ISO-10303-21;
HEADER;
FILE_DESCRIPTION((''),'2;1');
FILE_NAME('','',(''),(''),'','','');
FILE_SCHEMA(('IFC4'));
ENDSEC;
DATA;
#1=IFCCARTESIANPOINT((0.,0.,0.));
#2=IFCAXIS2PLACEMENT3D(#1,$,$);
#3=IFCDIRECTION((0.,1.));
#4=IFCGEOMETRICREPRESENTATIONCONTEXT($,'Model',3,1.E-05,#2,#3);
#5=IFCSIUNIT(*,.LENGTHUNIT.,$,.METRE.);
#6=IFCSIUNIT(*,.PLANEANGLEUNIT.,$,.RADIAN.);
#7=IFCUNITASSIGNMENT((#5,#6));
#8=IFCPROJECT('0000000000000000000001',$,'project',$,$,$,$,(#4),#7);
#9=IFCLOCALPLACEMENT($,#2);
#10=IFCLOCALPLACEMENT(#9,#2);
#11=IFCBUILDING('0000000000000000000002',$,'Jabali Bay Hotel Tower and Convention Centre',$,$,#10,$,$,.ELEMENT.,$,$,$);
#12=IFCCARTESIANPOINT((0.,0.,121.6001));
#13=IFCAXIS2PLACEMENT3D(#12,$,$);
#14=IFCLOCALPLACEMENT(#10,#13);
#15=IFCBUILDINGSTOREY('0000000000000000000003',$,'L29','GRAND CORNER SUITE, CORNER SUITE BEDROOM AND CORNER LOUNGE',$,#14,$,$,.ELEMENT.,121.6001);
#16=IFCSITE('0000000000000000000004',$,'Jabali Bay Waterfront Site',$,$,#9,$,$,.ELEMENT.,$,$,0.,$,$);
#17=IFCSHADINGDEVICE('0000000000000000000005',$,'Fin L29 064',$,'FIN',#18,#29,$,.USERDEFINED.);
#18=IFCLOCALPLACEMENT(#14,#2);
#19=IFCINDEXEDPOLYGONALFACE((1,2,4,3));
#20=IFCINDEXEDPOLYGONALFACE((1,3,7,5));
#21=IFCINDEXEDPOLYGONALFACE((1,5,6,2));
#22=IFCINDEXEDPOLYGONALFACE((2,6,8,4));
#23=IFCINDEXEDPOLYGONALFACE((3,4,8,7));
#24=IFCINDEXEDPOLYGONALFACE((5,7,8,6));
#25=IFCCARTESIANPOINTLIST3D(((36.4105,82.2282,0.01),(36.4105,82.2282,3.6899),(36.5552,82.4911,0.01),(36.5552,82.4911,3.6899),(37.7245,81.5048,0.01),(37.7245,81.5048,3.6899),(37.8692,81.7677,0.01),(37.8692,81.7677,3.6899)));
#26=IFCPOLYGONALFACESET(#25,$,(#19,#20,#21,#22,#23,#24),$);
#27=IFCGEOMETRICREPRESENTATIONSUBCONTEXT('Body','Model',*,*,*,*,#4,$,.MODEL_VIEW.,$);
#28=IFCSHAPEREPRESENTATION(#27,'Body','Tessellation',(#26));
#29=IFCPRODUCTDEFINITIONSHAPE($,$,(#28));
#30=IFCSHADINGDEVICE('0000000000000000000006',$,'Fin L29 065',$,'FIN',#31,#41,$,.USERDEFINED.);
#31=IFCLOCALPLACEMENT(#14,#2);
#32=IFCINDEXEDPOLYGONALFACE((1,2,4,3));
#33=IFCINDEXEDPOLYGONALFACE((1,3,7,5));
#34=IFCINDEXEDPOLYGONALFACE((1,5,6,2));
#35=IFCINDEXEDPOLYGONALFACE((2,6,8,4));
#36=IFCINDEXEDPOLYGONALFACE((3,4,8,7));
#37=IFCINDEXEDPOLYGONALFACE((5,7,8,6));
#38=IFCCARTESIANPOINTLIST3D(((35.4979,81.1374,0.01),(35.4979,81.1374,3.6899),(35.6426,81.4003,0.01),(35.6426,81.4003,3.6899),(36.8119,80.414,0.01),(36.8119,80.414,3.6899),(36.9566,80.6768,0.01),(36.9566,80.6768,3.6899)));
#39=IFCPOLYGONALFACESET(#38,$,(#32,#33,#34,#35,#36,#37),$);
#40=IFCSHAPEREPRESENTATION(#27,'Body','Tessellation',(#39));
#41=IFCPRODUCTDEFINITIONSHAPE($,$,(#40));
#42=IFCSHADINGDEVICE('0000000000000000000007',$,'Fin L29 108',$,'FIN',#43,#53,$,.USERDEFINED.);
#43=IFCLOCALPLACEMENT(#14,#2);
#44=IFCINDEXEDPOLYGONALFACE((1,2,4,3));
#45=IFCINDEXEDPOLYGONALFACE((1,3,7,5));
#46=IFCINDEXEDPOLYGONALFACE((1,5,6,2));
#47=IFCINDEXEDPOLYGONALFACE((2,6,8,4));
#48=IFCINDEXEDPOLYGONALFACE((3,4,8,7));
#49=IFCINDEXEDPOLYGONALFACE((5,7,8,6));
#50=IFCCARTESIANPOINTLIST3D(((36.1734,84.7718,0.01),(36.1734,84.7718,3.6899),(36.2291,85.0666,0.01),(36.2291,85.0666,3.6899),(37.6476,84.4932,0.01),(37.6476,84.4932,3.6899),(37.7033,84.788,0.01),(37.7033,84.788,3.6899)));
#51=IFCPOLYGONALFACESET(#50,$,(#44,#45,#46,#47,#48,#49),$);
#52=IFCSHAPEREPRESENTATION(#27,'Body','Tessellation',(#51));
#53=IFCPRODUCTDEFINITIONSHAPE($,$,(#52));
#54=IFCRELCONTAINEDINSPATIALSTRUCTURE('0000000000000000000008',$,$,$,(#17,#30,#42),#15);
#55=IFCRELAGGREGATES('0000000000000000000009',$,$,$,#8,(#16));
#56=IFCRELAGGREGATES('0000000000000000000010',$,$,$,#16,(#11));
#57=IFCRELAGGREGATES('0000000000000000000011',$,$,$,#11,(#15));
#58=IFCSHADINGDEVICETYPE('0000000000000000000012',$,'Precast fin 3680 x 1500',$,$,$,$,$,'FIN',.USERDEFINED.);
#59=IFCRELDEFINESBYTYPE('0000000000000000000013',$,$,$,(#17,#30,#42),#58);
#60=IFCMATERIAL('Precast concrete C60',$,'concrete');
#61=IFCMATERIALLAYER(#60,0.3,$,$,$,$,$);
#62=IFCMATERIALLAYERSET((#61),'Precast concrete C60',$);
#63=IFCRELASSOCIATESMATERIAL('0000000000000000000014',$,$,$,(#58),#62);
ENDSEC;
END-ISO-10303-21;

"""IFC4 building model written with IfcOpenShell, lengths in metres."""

from ifc_helpers import new_model, si_unit, direction, frame, frame_2d, origin, place, context, subcontext, project, spatial, rectangle, extrude, material, layer, layer_set, type_object, element, save


model = new_model("IFC4")

# Units and contexts
model_context = context("Model", 3, precision=1e-05, world=origin(), true_north=direction((0.0, 1.0)))
body_context = subcontext(model_context, "Body", "Model", "MODEL_VIEW")
ifc_project = project(units=[si_unit("LENGTHUNIT", "METRE"), si_unit("PLANEANGLEUNIT", "RADIAN")], contexts=[model_context])

# Site, building, storey
site_placement = place(None, origin())
site = spatial("IfcSite", under=ifc_project, at=site_placement, Name="Jabali Bay Waterfront Site", CompositionType="ELEMENT", RefElevation=0.0)
building_placement = place(site_placement, origin())
building = spatial("IfcBuilding", under=site, at=building_placement, Name="Jabali Bay Hotel Tower and Convention Centre", CompositionType="ELEMENT")
storey_placement = place(building_placement, frame((0.0, 0.0, 121.6001)))
storey = spatial("IfcBuildingStorey", under=building, at=storey_placement, Name="L29", Description="GRAND CORNER SUITE, CORNER SUITE BEDROOM AND CORNER LOUNGE", CompositionType="ELEMENT", Elevation=121.6001)

# Shading devices
ifc_material_1 = material(Name="Precast concrete C60", Category="concrete")
ifc_layer_1 = layer(ifc_material_1, 0.3)
ifc_layer_set_1 = layer_set([ifc_layer_1], Name="Precast concrete C60")
shading_device_type = type_object("IfcShadingDeviceType", Name="Precast fin 3680 x 1500", ElementType="FIN", PredefinedType="USERDEFINED", material=ifc_layer_set_1)
for number, where, z_axis, x_axis, name in (
    (1, (37.7969, 81.6362, 0.01), (0.0, 0.0, 1.0), (-0.876017, 0.482281, 0.0), "Fin L29 064"),
    (2, (36.8843, 80.5454, 0.01), (0.0, 0.0, 1.0), (-0.876017, 0.482281, 0.0), "Fin L29 065"),
):
    element("IfcShadingDevice", number, at=place(storey_placement, frame(where, z_axis=z_axis, x_axis=x_axis)), inside=storey, type_object=shading_device_type, Name=name, ObjectType="FIN", PredefinedType="USERDEFINED", context=body_context, shape_type="SweptSolid", body=[
        extrude(rectangle(XDim=1.5, YDim=0.3, at=frame_2d((0.75, 0.0))), origin(), (0.0, 0.0, 1.0), 3.6799),
    ])
shading_device_1_placement = place(storey_placement, frame((37.6753, 84.6406, 0.01), z_axis=(0.0, 0.0, 1.0), x_axis=(-0.98261, 0.185684, 0.0)))
element("IfcShadingDevice", 3, at=shading_device_1_placement, inside=storey, type_object=shading_device_type, Name="Fin L29 108", ObjectType="FIN", PredefinedType="USERDEFINED", context=body_context, shape_type="SweptSolid", body=[
    extrude(rectangle(XDim=1.5002, YDim=0.3, at=frame_2d((0.75, 0.0))), origin(), (0.0, 0.0, 1.0), 3.6799),
])

save(model, "model.ifc")
